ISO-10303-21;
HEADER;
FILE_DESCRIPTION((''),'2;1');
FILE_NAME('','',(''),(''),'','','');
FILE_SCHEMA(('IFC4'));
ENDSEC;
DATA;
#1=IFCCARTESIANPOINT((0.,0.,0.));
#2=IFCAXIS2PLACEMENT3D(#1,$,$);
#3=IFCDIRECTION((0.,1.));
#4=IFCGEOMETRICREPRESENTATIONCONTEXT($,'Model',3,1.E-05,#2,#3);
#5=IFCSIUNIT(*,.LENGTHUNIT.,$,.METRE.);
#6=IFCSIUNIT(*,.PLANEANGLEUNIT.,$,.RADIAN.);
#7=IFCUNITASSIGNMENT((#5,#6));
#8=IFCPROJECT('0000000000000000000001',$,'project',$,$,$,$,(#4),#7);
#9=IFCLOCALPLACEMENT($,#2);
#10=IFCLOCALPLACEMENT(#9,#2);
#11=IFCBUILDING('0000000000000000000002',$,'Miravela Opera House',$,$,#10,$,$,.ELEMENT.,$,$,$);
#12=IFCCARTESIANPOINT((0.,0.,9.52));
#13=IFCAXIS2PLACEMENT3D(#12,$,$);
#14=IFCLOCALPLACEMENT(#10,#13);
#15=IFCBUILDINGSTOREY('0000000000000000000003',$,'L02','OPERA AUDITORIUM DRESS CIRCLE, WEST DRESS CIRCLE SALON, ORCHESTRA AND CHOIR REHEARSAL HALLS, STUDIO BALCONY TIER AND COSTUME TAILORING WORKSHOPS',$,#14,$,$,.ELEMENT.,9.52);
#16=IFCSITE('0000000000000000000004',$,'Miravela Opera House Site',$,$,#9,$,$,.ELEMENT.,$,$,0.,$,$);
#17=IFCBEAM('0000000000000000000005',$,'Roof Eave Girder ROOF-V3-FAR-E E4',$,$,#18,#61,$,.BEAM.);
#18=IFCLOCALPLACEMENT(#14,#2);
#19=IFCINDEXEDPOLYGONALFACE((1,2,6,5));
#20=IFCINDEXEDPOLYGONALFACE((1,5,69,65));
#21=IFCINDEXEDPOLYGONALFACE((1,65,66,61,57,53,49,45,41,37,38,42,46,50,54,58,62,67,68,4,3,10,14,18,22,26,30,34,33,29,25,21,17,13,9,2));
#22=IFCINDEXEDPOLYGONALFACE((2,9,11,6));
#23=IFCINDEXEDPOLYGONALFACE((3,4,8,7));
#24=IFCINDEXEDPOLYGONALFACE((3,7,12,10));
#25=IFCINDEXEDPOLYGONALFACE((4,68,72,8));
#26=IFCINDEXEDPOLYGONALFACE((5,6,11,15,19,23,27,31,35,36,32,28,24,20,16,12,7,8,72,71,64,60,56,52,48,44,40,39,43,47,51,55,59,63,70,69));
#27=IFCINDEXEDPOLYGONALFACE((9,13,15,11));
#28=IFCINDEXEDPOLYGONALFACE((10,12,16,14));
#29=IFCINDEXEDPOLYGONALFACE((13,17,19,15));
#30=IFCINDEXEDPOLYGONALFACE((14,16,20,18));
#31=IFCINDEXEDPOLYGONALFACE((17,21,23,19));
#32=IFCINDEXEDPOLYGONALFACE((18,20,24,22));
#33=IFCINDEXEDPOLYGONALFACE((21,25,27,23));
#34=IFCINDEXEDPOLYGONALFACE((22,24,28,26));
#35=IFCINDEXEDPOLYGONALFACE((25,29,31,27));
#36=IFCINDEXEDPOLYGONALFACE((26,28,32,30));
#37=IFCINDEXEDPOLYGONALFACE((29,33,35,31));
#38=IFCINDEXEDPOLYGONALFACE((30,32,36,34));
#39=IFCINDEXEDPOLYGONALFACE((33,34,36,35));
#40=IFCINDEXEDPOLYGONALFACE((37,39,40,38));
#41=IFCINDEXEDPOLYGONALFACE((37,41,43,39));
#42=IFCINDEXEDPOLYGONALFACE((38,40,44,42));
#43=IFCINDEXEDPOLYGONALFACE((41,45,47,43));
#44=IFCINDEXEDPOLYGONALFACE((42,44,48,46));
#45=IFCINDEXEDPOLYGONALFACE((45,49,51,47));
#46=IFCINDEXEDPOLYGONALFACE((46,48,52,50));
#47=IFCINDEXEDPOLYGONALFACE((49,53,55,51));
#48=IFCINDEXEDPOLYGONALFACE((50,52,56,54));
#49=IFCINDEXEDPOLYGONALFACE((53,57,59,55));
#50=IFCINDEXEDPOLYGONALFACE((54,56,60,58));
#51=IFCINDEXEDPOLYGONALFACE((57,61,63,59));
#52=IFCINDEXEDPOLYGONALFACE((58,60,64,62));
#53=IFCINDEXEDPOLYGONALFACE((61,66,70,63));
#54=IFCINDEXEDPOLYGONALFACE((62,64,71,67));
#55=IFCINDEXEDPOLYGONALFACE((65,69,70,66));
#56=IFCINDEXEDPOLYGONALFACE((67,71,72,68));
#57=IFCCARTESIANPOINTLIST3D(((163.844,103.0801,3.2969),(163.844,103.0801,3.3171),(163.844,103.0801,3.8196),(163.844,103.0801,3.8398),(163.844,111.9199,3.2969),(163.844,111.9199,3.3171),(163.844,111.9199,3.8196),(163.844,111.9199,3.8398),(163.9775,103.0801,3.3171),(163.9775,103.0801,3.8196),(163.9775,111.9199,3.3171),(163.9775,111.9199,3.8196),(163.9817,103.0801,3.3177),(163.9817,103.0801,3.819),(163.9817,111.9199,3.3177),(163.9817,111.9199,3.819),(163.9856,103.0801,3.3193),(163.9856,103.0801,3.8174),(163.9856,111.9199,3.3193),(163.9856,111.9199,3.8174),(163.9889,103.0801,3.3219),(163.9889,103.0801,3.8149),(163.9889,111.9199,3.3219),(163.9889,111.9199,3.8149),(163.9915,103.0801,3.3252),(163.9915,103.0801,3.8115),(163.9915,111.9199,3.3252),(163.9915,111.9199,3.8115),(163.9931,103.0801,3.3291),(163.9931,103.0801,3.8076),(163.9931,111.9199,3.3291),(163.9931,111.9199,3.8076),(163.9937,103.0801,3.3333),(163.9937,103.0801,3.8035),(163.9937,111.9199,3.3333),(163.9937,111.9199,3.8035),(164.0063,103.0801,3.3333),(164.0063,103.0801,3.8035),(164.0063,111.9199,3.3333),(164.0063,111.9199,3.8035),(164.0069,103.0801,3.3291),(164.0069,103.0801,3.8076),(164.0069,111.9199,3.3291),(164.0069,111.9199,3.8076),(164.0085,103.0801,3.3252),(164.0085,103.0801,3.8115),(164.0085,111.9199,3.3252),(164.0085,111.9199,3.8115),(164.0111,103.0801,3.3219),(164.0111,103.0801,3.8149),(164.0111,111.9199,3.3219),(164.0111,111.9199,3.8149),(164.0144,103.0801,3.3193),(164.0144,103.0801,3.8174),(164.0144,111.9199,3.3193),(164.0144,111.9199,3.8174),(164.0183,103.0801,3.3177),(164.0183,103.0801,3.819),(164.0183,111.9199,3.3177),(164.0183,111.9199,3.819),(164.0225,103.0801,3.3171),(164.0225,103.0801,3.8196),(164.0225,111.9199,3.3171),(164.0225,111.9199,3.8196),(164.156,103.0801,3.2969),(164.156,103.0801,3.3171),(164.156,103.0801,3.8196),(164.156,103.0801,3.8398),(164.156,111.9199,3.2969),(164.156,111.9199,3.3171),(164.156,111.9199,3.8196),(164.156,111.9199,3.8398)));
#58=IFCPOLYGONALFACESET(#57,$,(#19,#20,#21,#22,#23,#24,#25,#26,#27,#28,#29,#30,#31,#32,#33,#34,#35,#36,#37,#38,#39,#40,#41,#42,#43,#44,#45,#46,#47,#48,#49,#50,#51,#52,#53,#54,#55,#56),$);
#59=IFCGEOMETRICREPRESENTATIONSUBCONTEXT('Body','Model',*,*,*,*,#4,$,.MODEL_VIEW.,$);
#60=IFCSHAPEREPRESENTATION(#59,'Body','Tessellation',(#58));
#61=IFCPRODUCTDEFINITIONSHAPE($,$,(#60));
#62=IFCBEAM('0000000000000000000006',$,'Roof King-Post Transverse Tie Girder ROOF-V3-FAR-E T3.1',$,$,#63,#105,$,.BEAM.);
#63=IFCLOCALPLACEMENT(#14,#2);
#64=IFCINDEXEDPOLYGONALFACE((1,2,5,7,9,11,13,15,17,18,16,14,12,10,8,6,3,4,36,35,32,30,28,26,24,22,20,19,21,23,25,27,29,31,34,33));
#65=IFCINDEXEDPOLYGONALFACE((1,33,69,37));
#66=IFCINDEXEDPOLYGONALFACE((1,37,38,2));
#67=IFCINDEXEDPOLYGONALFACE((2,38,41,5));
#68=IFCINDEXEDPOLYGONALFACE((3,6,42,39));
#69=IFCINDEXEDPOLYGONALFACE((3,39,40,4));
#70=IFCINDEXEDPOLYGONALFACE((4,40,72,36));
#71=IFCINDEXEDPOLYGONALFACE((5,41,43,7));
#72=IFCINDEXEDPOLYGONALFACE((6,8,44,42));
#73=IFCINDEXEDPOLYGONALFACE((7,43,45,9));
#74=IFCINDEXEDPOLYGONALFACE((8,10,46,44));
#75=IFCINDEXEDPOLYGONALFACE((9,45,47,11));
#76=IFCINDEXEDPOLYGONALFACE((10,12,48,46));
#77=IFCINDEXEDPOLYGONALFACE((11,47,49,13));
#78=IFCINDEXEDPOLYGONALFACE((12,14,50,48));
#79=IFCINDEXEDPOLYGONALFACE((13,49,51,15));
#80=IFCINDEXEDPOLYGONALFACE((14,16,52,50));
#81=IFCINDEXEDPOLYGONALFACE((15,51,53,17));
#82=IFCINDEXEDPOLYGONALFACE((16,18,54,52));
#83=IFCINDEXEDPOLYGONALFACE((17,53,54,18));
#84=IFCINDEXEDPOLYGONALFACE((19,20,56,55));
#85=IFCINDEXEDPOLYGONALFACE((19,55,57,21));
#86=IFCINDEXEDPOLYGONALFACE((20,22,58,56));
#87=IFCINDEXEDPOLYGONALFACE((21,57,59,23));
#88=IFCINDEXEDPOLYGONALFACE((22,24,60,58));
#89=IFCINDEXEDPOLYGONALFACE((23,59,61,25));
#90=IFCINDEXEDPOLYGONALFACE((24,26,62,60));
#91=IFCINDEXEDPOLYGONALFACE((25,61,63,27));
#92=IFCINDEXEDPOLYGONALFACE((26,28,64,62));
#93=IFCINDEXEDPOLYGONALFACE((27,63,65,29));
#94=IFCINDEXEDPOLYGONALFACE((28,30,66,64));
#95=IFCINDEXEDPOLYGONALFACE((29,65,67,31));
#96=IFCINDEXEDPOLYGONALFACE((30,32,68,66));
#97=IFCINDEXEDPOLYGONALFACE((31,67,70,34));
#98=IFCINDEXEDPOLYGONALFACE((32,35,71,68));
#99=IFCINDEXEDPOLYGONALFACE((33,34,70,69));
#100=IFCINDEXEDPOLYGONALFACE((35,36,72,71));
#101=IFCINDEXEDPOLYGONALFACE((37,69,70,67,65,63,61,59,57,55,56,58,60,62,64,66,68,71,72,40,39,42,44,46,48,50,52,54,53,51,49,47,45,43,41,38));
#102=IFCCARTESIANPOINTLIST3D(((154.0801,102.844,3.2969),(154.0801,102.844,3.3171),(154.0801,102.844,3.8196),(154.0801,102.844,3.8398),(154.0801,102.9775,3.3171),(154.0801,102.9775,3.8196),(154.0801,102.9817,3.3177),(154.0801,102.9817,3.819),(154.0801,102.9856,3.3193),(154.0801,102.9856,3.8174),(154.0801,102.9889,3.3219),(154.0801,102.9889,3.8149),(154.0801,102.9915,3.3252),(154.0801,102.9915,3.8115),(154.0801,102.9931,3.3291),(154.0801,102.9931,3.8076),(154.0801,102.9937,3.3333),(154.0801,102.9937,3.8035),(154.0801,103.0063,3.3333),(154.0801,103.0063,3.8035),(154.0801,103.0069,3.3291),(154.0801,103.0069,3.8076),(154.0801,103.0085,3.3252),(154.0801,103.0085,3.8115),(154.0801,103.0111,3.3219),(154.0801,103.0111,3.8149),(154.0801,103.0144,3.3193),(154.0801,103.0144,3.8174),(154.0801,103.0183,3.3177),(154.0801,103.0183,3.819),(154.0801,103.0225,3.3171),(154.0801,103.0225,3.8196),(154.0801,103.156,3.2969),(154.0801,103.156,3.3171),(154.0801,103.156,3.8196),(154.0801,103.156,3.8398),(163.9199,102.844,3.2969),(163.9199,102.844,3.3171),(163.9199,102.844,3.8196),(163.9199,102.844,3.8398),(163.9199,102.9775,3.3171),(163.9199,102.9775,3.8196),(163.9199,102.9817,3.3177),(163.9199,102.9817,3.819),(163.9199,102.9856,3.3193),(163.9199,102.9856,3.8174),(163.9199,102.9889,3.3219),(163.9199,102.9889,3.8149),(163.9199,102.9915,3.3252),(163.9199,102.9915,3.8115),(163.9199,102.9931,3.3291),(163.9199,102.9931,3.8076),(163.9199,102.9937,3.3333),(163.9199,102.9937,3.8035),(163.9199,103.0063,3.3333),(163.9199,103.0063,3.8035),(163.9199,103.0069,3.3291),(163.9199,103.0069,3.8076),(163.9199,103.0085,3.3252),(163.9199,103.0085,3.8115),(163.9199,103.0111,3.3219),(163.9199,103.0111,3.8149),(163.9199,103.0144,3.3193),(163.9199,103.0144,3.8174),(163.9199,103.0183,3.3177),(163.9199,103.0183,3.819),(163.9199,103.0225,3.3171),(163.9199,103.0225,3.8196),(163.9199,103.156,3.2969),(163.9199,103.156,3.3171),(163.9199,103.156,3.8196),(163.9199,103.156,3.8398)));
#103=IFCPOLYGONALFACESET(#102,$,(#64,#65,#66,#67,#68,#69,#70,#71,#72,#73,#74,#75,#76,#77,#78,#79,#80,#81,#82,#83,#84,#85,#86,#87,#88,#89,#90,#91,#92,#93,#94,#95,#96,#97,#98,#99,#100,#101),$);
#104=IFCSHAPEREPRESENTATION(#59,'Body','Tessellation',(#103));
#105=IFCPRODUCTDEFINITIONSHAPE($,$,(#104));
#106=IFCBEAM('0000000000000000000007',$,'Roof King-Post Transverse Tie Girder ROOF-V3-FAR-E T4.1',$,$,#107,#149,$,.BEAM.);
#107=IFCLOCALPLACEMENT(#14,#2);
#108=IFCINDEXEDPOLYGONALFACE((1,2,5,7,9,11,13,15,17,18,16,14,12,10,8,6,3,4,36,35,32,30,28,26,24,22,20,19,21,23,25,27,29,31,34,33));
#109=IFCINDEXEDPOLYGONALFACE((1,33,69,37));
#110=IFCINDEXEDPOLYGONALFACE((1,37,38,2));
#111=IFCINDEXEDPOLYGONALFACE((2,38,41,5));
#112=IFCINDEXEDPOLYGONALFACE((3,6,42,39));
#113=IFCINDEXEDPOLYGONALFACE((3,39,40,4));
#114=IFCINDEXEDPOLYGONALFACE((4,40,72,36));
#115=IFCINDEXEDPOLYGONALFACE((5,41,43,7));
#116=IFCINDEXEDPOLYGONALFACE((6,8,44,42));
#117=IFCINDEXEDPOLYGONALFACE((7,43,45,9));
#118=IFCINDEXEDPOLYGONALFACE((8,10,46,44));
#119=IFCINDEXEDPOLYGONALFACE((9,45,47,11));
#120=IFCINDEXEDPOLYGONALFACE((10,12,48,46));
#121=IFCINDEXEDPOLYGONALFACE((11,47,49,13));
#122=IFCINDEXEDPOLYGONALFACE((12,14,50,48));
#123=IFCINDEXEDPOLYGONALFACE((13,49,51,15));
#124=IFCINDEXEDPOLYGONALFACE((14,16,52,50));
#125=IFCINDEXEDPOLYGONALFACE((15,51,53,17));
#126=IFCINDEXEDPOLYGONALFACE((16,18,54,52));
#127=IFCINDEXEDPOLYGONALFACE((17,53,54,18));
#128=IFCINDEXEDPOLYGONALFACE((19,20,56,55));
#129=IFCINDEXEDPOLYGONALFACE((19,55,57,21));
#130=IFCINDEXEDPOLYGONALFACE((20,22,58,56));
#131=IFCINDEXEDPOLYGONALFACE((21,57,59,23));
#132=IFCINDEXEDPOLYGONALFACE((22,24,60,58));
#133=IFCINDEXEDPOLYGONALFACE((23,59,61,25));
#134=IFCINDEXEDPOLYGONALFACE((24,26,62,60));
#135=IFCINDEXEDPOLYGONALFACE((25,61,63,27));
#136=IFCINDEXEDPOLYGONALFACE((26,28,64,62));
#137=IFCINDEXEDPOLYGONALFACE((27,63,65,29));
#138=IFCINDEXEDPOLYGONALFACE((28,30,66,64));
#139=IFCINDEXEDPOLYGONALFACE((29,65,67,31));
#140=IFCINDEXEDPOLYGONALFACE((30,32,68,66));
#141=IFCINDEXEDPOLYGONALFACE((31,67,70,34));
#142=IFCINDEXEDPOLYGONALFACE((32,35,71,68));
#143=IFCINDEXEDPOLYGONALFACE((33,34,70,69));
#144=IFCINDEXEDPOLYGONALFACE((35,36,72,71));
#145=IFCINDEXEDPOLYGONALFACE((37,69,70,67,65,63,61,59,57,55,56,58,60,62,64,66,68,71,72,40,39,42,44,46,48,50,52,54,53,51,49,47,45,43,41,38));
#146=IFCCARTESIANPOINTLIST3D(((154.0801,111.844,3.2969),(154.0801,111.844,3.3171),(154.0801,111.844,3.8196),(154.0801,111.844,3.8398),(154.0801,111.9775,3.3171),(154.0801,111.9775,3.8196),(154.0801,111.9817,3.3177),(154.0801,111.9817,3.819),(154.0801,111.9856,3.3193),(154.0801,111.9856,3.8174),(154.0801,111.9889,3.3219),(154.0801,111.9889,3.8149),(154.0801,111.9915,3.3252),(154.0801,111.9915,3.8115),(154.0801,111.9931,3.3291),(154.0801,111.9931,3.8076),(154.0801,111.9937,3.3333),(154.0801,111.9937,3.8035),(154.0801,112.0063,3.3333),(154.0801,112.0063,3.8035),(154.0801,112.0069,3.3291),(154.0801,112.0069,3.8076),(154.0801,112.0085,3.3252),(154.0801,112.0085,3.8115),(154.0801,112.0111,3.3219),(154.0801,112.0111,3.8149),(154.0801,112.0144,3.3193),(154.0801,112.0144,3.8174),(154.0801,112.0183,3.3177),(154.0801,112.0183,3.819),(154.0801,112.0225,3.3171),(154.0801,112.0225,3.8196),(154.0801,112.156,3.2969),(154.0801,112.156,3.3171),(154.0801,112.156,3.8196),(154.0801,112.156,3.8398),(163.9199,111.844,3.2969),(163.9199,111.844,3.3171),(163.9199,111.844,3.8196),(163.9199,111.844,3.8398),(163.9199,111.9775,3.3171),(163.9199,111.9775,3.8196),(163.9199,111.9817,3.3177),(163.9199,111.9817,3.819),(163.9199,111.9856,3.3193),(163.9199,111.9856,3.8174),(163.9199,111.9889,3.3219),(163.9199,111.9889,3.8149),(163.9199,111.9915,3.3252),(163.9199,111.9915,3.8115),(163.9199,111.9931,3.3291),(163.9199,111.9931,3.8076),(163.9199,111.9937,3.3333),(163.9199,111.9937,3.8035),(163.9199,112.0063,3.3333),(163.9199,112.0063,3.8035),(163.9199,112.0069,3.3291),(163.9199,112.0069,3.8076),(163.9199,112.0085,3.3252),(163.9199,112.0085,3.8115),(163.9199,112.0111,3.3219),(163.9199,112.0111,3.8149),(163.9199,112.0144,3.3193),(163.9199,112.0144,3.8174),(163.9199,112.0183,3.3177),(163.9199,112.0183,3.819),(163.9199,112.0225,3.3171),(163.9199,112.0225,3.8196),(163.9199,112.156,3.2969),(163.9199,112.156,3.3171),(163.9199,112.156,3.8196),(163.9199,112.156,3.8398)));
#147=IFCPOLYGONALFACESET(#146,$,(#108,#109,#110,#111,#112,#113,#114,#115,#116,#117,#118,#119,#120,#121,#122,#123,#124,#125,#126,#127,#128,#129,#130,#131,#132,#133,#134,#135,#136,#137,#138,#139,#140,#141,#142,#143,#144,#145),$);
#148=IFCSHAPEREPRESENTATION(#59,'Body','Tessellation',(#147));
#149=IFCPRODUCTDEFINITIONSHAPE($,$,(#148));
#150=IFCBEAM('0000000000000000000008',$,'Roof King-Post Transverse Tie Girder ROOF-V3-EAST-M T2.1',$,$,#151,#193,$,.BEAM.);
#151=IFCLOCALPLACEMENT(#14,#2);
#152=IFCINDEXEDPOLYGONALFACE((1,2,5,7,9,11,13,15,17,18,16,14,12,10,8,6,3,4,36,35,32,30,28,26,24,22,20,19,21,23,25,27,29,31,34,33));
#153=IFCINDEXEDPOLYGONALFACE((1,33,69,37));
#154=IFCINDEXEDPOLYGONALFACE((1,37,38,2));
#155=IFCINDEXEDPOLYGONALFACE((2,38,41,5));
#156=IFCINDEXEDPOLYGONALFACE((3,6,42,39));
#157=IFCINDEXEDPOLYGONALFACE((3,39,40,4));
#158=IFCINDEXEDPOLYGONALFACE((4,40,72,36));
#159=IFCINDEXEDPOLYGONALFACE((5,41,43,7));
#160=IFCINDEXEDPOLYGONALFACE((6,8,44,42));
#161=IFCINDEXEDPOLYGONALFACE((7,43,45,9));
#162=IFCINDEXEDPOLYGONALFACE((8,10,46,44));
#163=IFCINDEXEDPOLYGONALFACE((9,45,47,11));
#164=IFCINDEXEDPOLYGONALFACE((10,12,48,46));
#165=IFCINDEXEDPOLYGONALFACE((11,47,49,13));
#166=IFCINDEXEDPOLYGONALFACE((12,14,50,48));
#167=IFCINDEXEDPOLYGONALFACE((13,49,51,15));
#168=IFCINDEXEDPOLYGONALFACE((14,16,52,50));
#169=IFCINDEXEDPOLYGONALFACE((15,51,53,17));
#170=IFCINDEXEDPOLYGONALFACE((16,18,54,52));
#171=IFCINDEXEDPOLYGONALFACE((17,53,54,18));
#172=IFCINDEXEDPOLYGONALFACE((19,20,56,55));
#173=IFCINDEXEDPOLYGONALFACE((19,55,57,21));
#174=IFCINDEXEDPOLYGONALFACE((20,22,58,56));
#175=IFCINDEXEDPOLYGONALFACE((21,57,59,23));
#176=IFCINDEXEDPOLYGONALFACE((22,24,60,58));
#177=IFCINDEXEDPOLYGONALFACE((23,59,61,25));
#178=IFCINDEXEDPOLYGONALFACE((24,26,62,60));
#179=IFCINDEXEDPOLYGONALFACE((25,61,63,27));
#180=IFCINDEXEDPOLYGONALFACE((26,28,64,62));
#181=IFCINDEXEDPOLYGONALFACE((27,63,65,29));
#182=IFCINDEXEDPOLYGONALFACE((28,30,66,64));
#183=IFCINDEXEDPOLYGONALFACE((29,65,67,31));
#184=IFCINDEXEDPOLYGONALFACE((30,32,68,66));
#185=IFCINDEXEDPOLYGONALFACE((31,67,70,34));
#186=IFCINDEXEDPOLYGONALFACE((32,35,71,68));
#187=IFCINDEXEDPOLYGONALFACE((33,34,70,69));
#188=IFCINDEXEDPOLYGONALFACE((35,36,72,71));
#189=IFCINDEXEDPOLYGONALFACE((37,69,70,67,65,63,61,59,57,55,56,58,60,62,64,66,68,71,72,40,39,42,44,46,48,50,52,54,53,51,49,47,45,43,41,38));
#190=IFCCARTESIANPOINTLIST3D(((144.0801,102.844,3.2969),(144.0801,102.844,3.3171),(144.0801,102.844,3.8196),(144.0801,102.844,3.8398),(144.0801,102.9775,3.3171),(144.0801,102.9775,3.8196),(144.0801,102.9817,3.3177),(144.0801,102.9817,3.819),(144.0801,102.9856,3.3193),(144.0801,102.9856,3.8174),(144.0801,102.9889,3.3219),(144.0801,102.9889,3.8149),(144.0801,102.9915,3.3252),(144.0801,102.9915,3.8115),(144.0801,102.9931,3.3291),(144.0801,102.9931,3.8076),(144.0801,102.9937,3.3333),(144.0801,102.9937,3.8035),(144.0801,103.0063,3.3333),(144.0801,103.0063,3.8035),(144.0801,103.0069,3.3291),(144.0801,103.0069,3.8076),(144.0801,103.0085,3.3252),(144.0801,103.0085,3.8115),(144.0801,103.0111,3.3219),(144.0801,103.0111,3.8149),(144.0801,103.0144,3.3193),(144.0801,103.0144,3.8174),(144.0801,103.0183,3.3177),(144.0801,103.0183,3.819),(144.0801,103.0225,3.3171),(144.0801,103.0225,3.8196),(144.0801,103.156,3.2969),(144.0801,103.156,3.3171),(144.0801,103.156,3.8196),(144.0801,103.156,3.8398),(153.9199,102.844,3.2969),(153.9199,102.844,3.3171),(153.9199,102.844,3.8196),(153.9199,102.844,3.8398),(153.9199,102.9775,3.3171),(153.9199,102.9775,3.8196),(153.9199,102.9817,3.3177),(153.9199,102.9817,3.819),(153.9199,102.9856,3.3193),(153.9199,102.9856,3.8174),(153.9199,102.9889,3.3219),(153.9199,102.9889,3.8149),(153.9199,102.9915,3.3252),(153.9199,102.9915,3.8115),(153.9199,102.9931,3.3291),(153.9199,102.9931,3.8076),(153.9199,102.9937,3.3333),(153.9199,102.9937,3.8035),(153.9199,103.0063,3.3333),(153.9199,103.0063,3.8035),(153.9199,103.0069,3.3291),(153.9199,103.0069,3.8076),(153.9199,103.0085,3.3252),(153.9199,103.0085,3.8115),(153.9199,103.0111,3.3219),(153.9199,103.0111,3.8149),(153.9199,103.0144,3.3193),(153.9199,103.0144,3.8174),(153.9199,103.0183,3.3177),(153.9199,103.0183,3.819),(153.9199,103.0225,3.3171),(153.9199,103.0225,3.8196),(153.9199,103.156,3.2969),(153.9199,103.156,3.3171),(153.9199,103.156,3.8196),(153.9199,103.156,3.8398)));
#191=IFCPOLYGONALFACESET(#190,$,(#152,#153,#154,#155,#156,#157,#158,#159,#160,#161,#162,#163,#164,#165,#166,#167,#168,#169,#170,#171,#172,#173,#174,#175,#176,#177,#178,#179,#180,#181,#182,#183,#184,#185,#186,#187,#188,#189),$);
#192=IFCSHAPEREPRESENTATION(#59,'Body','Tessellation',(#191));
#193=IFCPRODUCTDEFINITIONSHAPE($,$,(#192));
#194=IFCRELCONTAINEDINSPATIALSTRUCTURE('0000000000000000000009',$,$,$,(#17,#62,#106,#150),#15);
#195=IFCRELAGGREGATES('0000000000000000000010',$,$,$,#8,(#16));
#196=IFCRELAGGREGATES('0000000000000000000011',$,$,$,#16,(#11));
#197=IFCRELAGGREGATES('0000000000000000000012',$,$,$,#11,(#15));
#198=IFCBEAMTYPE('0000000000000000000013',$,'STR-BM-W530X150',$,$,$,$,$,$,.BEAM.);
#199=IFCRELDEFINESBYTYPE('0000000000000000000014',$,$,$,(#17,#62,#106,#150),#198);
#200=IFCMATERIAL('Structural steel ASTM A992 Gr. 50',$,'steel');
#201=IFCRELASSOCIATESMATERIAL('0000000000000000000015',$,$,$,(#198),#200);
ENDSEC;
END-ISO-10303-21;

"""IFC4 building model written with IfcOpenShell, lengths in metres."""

from ifc_helpers import new_model, si_unit, direction, frame, origin, origin_2d, place, context, subcontext, project, spatial, i_section, extrude, material, material_profile, profile_set, type_object, element, save


model = new_model("IFC4")

# Units and contexts
model_context = context("Model", 3, precision=1e-05, world=origin(), true_north=direction((0.0, 1.0)))
body_context = subcontext(model_context, "Body", "Model", "MODEL_VIEW")
ifc_project = project(units=[si_unit("LENGTHUNIT", "METRE"), si_unit("PLANEANGLEUNIT", "RADIAN")], contexts=[model_context])

# Site, building, storey
site_placement = place(None, origin())
site = spatial("IfcSite", under=ifc_project, at=site_placement, Name="Miravela Opera House Site", CompositionType="ELEMENT", RefElevation=0.0)
building_placement = place(site_placement, origin())
building = spatial("IfcBuilding", under=site, at=building_placement, Name="Miravela Opera House", CompositionType="ELEMENT")
storey_placement = place(building_placement, frame((0.0, 0.0, 9.52)))
storey = spatial("IfcBuildingStorey", under=building, at=storey_placement, Name="L02", Description="OPERA AUDITORIUM DRESS CIRCLE, WEST DRESS CIRCLE SALON, ORCHESTRA AND CHOIR REHEARSAL HALLS, STUDIO BALCONY TIER AND COSTUME TAILORING WORKSHOPS", CompositionType="ELEMENT", Elevation=9.52)

# Beams
ifc_material_1 = material(Name="Structural steel ASTM A992 Gr. 50", Category="steel")
ifc_material_profile_1 = material_profile(ifc_material_1, i_section(OverallWidth=0.312, OverallDepth=0.543, WebThickness=0.0127, FlangeThickness=0.0203, FilletRadius=0.0161, at=origin_2d()), Name="W530X150")
ifc_profile_set_1 = profile_set([ifc_material_profile_1])
beam_type = type_object("IfcBeamType", Name="STR-BM-W530X150", PredefinedType="BEAM", material=ifc_profile_set_1)
for number, where, z_axis, x_axis, name in (
    (1, (164.0, 103.0801, 3.5684), (0.0, 1.0, 0.0), (-1.0, 0.0, 0.0), "Roof Eave Girder ROOF-V3-FAR-E E4"),
):
    element("IfcBeam", number, at=place(storey_placement, frame(where, z_axis=z_axis, x_axis=x_axis)), inside=storey, type_object=beam_type, Name=name, PredefinedType="BEAM", context=body_context, shape_type="SweptSolid", body=[
        extrude(i_section(OverallWidth=0.312, OverallDepth=0.543, WebThickness=0.0127, FlangeThickness=0.0203, FilletRadius=0.0161, at=origin_2d()), origin(), (0.0, 0.0, 1.0), 8.8398),
    ])
for number, where, z_axis, x_axis, name in (
    (2, (154.0801, 103.0, 3.5684), (1.0, 0.0, 0.0), (0.0, 1.0, 0.0), "Roof King-Post Transverse Tie Girder ROOF-V3-FAR-E T3.1"),
    (3, (154.0801, 112.0, 3.5684), (1.0, 0.0, 0.0), (0.0, 1.0, 0.0), "Roof King-Post Transverse Tie Girder ROOF-V3-FAR-E T4.1"),
    (4, (144.0801, 103.0, 3.5684), (1.0, 0.0, 0.0), (0.0, 1.0, 0.0), "Roof King-Post Transverse Tie Girder ROOF-V3-EAST-M T2.1"),
):
    element("IfcBeam", number, at=place(storey_placement, frame(where, z_axis=z_axis, x_axis=x_axis)), inside=storey, type_object=beam_type, Name=name, PredefinedType="BEAM", context=body_context, shape_type="SweptSolid", body=[
        extrude(i_section(OverallWidth=0.312, OverallDepth=0.543, WebThickness=0.0127, FlangeThickness=0.0203, FilletRadius=0.0161, at=origin_2d()), origin(), (0.0, 0.0, 1.0), 9.8398),
    ])

save(model, "model.ifc")
